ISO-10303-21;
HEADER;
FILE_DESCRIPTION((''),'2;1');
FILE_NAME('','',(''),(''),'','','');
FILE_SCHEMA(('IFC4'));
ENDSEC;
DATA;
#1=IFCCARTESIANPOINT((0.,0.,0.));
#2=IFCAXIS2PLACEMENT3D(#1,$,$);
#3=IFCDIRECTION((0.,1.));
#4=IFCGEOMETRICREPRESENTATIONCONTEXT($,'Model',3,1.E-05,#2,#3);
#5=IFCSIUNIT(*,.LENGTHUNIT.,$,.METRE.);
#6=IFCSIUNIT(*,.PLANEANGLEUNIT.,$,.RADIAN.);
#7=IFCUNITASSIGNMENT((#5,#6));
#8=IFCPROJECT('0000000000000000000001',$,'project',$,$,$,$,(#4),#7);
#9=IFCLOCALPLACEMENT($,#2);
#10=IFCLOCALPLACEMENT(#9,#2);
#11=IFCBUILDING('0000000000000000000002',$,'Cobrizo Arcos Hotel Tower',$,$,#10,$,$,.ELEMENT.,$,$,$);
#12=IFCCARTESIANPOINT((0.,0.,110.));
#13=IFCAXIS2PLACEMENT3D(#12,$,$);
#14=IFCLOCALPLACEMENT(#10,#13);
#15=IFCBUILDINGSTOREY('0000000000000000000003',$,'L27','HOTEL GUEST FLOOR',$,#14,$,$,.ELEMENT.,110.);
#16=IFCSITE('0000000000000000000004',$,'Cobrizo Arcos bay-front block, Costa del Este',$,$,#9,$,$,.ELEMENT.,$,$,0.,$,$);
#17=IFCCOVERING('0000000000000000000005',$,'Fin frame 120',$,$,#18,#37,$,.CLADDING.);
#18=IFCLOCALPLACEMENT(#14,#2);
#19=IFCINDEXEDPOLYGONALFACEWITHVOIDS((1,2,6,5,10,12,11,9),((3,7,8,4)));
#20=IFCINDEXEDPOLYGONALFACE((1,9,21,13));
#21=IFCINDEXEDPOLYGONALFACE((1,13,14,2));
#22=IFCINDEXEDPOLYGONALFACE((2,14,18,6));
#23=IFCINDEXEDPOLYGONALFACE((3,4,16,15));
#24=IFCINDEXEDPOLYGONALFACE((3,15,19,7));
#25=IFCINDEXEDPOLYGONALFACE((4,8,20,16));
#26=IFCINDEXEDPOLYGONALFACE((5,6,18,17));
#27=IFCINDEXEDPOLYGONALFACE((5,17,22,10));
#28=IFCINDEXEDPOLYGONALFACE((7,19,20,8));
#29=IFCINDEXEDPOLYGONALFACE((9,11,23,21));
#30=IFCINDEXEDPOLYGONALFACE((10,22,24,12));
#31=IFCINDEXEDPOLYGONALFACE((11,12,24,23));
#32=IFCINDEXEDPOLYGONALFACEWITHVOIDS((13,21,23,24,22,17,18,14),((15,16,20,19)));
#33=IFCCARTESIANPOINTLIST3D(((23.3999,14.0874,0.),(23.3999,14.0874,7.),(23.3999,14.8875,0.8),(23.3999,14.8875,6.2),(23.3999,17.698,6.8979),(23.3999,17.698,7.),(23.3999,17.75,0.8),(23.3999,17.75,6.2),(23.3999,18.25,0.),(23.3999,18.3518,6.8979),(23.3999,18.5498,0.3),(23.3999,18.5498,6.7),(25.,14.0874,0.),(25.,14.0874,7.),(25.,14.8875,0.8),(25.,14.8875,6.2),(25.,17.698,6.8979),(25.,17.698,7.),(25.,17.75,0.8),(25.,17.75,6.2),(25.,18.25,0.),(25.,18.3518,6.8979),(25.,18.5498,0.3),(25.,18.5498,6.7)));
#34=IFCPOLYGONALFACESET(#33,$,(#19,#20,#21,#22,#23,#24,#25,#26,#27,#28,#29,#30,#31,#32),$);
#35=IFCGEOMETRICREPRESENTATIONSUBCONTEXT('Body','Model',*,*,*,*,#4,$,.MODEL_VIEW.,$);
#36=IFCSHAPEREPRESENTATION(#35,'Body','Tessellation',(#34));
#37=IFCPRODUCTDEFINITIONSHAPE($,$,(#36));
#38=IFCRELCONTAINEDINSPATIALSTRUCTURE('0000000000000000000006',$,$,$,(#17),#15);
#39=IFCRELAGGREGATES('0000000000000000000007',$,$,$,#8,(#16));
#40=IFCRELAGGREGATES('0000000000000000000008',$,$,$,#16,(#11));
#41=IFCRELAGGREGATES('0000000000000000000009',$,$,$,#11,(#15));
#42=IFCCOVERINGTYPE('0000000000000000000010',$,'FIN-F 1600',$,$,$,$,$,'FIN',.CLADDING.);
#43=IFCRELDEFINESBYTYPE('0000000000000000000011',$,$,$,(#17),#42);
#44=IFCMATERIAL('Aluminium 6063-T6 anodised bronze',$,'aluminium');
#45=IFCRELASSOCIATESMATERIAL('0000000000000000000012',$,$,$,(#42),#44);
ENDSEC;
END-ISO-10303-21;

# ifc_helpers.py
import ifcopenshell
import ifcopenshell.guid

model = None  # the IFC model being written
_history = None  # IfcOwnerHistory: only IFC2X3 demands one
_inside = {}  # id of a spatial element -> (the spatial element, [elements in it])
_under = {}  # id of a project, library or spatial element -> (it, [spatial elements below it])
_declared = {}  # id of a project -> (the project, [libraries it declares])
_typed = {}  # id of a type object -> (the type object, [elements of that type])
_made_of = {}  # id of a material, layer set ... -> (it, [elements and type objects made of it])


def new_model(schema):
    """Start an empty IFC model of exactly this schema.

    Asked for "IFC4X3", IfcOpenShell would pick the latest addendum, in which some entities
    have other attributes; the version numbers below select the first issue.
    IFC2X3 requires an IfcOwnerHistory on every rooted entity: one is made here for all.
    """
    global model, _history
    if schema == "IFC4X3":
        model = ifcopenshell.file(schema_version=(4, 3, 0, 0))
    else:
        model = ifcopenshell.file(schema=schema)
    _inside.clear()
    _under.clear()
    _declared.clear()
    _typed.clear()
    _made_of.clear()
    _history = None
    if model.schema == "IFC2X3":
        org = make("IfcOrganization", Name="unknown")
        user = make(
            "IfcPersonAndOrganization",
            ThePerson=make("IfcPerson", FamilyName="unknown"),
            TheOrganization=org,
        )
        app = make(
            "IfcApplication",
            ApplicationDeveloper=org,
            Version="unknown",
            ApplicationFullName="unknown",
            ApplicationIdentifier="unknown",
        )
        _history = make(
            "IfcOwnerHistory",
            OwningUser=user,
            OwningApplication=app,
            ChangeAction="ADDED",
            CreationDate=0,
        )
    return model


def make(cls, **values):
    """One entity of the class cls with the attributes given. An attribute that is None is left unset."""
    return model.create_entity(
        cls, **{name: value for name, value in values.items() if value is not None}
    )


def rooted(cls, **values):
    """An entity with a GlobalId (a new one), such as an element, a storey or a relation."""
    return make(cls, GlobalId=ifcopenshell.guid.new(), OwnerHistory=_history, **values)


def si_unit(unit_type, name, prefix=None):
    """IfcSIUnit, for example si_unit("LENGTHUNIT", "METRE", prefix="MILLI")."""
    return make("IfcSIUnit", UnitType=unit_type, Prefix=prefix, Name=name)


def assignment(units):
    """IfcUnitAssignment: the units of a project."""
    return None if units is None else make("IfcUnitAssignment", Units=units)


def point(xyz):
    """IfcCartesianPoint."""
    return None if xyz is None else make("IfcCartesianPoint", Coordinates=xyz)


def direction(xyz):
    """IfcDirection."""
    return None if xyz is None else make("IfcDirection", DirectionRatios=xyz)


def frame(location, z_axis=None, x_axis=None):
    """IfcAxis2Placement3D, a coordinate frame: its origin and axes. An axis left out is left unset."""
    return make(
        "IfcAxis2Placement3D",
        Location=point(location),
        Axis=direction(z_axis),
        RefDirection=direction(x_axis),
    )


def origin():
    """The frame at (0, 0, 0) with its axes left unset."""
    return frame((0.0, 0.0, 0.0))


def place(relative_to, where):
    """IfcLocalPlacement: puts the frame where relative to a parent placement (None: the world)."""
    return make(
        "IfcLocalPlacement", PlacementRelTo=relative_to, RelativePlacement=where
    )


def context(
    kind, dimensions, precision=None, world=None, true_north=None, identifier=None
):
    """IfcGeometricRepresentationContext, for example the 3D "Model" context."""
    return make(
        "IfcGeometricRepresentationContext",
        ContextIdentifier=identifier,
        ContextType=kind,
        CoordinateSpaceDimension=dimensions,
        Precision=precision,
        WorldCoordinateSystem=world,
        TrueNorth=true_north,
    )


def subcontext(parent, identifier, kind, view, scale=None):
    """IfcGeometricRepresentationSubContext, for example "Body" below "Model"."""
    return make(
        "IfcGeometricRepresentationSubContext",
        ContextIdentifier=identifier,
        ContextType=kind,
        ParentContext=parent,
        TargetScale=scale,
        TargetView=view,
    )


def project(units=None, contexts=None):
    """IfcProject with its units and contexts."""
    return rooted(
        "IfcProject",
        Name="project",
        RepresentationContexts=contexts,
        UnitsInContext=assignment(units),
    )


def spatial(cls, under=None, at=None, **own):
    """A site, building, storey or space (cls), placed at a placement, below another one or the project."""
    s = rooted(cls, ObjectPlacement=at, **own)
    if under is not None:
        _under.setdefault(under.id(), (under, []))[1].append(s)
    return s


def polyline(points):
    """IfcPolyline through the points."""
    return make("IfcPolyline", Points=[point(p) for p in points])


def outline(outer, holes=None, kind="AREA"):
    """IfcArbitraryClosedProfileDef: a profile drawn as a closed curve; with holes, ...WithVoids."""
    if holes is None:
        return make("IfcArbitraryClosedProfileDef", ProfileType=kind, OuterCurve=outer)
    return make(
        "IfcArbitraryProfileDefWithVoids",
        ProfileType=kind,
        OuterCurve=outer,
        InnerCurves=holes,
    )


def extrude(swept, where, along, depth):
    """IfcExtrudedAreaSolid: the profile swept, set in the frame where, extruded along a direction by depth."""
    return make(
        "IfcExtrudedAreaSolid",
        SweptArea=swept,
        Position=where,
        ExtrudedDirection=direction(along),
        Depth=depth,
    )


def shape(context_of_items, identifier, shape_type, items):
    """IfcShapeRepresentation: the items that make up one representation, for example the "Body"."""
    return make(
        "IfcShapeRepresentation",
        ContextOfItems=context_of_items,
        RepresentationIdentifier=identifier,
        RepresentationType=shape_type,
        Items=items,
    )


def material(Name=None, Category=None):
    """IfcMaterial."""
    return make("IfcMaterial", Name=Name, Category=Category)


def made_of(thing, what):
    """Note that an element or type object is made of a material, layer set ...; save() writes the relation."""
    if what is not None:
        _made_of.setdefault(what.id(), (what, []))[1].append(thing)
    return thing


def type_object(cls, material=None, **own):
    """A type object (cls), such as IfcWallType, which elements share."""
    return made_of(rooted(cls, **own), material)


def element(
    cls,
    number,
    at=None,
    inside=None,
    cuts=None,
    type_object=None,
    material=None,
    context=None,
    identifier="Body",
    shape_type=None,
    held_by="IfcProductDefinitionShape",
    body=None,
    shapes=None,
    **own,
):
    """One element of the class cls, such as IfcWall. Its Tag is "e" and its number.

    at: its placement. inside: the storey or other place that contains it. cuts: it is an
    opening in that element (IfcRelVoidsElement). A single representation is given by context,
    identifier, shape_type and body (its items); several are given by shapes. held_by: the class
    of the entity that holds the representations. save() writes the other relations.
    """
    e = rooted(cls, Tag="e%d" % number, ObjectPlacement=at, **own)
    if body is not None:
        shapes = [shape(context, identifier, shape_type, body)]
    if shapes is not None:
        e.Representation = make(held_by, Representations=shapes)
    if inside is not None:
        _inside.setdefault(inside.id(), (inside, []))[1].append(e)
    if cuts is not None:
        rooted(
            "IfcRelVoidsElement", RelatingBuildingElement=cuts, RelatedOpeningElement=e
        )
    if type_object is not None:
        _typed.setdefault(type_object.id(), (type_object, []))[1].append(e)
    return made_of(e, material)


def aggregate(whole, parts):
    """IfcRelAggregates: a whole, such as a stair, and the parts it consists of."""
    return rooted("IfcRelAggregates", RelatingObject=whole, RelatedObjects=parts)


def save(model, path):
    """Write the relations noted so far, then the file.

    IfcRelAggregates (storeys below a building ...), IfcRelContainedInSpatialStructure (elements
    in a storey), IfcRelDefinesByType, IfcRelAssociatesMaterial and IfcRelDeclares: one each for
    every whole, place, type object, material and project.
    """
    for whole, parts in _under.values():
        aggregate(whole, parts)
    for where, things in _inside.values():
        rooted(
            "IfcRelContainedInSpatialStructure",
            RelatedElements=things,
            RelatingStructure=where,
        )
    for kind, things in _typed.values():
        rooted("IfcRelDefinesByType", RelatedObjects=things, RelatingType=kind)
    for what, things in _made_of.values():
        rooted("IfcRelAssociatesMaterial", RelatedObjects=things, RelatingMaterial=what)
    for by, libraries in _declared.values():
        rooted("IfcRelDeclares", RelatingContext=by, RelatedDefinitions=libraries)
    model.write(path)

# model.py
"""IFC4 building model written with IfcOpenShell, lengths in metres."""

from ifc_helpers import new_model, si_unit, direction, frame, origin, place, context, subcontext, project, spatial, polyline, outline, extrude, material, type_object, element, save


model = new_model("IFC4")

# Units and contexts
model_context = context("Model", 3, precision=1e-05, world=origin(), true_north=direction((0.0, 1.0)))
body_context = subcontext(model_context, "Body", "Model", "MODEL_VIEW")
ifc_project = project(units=[si_unit("LENGTHUNIT", "METRE"), si_unit("PLANEANGLEUNIT", "RADIAN")], contexts=[model_context])

# Site, building, storey
site_placement = place(None, origin())
site = spatial("IfcSite", under=ifc_project, at=site_placement, Name="Cobrizo Arcos bay-front block, Costa del Este", CompositionType="ELEMENT", RefElevation=0.0)
building_placement = place(site_placement, origin())
building = spatial("IfcBuilding", under=site, at=building_placement, Name="Cobrizo Arcos Hotel Tower", CompositionType="ELEMENT")
storey_placement = place(building_placement, frame((0.0, 0.0, 110.0)))
storey = spatial("IfcBuildingStorey", under=building, at=storey_placement, Name="L27", Description="HOTEL GUEST FLOOR", CompositionType="ELEMENT", Elevation=110.0)

# Shared definitions
ifc_material_1 = material(Name="Aluminium 6063-T6 anodised bronze", Category="aluminium")

# Covering
covering_type_1 = type_object("IfcCoveringType", Name="FIN-F 1600", ElementType="FIN", PredefinedType="CLADDING", material=ifc_material_1)
covering_1_placement = place(storey_placement, frame((23.3999, 14.0874, 0.0), z_axis=(1.0, 0.0, 0.0), x_axis=(0.0, 1.0, 0.0)))
element("IfcCovering", 1, at=covering_1_placement, inside=storey, type_object=covering_type_1, Name="Fin frame 120", PredefinedType="CLADDING", context=body_context, shape_type="SweptSolid", body=[
    extrude(outline(polyline([(4.4624, 6.7), (4.2644, 6.8979), (3.6106, 6.8979), (3.6106, 7.0), (0.0, 7.0), (0.0, 0.0), (4.1626, 0.0), (4.4624, 0.3), (4.4624, 6.7)]), holes=[polyline([(3.6626, 0.8), (0.8, 0.8), (0.8, 6.2), (3.6626, 6.2), (3.6626, 0.8)])]), origin(), (0.0, 0.0, 1.0), 1.6001),
])

save(model, "model.ifc")
